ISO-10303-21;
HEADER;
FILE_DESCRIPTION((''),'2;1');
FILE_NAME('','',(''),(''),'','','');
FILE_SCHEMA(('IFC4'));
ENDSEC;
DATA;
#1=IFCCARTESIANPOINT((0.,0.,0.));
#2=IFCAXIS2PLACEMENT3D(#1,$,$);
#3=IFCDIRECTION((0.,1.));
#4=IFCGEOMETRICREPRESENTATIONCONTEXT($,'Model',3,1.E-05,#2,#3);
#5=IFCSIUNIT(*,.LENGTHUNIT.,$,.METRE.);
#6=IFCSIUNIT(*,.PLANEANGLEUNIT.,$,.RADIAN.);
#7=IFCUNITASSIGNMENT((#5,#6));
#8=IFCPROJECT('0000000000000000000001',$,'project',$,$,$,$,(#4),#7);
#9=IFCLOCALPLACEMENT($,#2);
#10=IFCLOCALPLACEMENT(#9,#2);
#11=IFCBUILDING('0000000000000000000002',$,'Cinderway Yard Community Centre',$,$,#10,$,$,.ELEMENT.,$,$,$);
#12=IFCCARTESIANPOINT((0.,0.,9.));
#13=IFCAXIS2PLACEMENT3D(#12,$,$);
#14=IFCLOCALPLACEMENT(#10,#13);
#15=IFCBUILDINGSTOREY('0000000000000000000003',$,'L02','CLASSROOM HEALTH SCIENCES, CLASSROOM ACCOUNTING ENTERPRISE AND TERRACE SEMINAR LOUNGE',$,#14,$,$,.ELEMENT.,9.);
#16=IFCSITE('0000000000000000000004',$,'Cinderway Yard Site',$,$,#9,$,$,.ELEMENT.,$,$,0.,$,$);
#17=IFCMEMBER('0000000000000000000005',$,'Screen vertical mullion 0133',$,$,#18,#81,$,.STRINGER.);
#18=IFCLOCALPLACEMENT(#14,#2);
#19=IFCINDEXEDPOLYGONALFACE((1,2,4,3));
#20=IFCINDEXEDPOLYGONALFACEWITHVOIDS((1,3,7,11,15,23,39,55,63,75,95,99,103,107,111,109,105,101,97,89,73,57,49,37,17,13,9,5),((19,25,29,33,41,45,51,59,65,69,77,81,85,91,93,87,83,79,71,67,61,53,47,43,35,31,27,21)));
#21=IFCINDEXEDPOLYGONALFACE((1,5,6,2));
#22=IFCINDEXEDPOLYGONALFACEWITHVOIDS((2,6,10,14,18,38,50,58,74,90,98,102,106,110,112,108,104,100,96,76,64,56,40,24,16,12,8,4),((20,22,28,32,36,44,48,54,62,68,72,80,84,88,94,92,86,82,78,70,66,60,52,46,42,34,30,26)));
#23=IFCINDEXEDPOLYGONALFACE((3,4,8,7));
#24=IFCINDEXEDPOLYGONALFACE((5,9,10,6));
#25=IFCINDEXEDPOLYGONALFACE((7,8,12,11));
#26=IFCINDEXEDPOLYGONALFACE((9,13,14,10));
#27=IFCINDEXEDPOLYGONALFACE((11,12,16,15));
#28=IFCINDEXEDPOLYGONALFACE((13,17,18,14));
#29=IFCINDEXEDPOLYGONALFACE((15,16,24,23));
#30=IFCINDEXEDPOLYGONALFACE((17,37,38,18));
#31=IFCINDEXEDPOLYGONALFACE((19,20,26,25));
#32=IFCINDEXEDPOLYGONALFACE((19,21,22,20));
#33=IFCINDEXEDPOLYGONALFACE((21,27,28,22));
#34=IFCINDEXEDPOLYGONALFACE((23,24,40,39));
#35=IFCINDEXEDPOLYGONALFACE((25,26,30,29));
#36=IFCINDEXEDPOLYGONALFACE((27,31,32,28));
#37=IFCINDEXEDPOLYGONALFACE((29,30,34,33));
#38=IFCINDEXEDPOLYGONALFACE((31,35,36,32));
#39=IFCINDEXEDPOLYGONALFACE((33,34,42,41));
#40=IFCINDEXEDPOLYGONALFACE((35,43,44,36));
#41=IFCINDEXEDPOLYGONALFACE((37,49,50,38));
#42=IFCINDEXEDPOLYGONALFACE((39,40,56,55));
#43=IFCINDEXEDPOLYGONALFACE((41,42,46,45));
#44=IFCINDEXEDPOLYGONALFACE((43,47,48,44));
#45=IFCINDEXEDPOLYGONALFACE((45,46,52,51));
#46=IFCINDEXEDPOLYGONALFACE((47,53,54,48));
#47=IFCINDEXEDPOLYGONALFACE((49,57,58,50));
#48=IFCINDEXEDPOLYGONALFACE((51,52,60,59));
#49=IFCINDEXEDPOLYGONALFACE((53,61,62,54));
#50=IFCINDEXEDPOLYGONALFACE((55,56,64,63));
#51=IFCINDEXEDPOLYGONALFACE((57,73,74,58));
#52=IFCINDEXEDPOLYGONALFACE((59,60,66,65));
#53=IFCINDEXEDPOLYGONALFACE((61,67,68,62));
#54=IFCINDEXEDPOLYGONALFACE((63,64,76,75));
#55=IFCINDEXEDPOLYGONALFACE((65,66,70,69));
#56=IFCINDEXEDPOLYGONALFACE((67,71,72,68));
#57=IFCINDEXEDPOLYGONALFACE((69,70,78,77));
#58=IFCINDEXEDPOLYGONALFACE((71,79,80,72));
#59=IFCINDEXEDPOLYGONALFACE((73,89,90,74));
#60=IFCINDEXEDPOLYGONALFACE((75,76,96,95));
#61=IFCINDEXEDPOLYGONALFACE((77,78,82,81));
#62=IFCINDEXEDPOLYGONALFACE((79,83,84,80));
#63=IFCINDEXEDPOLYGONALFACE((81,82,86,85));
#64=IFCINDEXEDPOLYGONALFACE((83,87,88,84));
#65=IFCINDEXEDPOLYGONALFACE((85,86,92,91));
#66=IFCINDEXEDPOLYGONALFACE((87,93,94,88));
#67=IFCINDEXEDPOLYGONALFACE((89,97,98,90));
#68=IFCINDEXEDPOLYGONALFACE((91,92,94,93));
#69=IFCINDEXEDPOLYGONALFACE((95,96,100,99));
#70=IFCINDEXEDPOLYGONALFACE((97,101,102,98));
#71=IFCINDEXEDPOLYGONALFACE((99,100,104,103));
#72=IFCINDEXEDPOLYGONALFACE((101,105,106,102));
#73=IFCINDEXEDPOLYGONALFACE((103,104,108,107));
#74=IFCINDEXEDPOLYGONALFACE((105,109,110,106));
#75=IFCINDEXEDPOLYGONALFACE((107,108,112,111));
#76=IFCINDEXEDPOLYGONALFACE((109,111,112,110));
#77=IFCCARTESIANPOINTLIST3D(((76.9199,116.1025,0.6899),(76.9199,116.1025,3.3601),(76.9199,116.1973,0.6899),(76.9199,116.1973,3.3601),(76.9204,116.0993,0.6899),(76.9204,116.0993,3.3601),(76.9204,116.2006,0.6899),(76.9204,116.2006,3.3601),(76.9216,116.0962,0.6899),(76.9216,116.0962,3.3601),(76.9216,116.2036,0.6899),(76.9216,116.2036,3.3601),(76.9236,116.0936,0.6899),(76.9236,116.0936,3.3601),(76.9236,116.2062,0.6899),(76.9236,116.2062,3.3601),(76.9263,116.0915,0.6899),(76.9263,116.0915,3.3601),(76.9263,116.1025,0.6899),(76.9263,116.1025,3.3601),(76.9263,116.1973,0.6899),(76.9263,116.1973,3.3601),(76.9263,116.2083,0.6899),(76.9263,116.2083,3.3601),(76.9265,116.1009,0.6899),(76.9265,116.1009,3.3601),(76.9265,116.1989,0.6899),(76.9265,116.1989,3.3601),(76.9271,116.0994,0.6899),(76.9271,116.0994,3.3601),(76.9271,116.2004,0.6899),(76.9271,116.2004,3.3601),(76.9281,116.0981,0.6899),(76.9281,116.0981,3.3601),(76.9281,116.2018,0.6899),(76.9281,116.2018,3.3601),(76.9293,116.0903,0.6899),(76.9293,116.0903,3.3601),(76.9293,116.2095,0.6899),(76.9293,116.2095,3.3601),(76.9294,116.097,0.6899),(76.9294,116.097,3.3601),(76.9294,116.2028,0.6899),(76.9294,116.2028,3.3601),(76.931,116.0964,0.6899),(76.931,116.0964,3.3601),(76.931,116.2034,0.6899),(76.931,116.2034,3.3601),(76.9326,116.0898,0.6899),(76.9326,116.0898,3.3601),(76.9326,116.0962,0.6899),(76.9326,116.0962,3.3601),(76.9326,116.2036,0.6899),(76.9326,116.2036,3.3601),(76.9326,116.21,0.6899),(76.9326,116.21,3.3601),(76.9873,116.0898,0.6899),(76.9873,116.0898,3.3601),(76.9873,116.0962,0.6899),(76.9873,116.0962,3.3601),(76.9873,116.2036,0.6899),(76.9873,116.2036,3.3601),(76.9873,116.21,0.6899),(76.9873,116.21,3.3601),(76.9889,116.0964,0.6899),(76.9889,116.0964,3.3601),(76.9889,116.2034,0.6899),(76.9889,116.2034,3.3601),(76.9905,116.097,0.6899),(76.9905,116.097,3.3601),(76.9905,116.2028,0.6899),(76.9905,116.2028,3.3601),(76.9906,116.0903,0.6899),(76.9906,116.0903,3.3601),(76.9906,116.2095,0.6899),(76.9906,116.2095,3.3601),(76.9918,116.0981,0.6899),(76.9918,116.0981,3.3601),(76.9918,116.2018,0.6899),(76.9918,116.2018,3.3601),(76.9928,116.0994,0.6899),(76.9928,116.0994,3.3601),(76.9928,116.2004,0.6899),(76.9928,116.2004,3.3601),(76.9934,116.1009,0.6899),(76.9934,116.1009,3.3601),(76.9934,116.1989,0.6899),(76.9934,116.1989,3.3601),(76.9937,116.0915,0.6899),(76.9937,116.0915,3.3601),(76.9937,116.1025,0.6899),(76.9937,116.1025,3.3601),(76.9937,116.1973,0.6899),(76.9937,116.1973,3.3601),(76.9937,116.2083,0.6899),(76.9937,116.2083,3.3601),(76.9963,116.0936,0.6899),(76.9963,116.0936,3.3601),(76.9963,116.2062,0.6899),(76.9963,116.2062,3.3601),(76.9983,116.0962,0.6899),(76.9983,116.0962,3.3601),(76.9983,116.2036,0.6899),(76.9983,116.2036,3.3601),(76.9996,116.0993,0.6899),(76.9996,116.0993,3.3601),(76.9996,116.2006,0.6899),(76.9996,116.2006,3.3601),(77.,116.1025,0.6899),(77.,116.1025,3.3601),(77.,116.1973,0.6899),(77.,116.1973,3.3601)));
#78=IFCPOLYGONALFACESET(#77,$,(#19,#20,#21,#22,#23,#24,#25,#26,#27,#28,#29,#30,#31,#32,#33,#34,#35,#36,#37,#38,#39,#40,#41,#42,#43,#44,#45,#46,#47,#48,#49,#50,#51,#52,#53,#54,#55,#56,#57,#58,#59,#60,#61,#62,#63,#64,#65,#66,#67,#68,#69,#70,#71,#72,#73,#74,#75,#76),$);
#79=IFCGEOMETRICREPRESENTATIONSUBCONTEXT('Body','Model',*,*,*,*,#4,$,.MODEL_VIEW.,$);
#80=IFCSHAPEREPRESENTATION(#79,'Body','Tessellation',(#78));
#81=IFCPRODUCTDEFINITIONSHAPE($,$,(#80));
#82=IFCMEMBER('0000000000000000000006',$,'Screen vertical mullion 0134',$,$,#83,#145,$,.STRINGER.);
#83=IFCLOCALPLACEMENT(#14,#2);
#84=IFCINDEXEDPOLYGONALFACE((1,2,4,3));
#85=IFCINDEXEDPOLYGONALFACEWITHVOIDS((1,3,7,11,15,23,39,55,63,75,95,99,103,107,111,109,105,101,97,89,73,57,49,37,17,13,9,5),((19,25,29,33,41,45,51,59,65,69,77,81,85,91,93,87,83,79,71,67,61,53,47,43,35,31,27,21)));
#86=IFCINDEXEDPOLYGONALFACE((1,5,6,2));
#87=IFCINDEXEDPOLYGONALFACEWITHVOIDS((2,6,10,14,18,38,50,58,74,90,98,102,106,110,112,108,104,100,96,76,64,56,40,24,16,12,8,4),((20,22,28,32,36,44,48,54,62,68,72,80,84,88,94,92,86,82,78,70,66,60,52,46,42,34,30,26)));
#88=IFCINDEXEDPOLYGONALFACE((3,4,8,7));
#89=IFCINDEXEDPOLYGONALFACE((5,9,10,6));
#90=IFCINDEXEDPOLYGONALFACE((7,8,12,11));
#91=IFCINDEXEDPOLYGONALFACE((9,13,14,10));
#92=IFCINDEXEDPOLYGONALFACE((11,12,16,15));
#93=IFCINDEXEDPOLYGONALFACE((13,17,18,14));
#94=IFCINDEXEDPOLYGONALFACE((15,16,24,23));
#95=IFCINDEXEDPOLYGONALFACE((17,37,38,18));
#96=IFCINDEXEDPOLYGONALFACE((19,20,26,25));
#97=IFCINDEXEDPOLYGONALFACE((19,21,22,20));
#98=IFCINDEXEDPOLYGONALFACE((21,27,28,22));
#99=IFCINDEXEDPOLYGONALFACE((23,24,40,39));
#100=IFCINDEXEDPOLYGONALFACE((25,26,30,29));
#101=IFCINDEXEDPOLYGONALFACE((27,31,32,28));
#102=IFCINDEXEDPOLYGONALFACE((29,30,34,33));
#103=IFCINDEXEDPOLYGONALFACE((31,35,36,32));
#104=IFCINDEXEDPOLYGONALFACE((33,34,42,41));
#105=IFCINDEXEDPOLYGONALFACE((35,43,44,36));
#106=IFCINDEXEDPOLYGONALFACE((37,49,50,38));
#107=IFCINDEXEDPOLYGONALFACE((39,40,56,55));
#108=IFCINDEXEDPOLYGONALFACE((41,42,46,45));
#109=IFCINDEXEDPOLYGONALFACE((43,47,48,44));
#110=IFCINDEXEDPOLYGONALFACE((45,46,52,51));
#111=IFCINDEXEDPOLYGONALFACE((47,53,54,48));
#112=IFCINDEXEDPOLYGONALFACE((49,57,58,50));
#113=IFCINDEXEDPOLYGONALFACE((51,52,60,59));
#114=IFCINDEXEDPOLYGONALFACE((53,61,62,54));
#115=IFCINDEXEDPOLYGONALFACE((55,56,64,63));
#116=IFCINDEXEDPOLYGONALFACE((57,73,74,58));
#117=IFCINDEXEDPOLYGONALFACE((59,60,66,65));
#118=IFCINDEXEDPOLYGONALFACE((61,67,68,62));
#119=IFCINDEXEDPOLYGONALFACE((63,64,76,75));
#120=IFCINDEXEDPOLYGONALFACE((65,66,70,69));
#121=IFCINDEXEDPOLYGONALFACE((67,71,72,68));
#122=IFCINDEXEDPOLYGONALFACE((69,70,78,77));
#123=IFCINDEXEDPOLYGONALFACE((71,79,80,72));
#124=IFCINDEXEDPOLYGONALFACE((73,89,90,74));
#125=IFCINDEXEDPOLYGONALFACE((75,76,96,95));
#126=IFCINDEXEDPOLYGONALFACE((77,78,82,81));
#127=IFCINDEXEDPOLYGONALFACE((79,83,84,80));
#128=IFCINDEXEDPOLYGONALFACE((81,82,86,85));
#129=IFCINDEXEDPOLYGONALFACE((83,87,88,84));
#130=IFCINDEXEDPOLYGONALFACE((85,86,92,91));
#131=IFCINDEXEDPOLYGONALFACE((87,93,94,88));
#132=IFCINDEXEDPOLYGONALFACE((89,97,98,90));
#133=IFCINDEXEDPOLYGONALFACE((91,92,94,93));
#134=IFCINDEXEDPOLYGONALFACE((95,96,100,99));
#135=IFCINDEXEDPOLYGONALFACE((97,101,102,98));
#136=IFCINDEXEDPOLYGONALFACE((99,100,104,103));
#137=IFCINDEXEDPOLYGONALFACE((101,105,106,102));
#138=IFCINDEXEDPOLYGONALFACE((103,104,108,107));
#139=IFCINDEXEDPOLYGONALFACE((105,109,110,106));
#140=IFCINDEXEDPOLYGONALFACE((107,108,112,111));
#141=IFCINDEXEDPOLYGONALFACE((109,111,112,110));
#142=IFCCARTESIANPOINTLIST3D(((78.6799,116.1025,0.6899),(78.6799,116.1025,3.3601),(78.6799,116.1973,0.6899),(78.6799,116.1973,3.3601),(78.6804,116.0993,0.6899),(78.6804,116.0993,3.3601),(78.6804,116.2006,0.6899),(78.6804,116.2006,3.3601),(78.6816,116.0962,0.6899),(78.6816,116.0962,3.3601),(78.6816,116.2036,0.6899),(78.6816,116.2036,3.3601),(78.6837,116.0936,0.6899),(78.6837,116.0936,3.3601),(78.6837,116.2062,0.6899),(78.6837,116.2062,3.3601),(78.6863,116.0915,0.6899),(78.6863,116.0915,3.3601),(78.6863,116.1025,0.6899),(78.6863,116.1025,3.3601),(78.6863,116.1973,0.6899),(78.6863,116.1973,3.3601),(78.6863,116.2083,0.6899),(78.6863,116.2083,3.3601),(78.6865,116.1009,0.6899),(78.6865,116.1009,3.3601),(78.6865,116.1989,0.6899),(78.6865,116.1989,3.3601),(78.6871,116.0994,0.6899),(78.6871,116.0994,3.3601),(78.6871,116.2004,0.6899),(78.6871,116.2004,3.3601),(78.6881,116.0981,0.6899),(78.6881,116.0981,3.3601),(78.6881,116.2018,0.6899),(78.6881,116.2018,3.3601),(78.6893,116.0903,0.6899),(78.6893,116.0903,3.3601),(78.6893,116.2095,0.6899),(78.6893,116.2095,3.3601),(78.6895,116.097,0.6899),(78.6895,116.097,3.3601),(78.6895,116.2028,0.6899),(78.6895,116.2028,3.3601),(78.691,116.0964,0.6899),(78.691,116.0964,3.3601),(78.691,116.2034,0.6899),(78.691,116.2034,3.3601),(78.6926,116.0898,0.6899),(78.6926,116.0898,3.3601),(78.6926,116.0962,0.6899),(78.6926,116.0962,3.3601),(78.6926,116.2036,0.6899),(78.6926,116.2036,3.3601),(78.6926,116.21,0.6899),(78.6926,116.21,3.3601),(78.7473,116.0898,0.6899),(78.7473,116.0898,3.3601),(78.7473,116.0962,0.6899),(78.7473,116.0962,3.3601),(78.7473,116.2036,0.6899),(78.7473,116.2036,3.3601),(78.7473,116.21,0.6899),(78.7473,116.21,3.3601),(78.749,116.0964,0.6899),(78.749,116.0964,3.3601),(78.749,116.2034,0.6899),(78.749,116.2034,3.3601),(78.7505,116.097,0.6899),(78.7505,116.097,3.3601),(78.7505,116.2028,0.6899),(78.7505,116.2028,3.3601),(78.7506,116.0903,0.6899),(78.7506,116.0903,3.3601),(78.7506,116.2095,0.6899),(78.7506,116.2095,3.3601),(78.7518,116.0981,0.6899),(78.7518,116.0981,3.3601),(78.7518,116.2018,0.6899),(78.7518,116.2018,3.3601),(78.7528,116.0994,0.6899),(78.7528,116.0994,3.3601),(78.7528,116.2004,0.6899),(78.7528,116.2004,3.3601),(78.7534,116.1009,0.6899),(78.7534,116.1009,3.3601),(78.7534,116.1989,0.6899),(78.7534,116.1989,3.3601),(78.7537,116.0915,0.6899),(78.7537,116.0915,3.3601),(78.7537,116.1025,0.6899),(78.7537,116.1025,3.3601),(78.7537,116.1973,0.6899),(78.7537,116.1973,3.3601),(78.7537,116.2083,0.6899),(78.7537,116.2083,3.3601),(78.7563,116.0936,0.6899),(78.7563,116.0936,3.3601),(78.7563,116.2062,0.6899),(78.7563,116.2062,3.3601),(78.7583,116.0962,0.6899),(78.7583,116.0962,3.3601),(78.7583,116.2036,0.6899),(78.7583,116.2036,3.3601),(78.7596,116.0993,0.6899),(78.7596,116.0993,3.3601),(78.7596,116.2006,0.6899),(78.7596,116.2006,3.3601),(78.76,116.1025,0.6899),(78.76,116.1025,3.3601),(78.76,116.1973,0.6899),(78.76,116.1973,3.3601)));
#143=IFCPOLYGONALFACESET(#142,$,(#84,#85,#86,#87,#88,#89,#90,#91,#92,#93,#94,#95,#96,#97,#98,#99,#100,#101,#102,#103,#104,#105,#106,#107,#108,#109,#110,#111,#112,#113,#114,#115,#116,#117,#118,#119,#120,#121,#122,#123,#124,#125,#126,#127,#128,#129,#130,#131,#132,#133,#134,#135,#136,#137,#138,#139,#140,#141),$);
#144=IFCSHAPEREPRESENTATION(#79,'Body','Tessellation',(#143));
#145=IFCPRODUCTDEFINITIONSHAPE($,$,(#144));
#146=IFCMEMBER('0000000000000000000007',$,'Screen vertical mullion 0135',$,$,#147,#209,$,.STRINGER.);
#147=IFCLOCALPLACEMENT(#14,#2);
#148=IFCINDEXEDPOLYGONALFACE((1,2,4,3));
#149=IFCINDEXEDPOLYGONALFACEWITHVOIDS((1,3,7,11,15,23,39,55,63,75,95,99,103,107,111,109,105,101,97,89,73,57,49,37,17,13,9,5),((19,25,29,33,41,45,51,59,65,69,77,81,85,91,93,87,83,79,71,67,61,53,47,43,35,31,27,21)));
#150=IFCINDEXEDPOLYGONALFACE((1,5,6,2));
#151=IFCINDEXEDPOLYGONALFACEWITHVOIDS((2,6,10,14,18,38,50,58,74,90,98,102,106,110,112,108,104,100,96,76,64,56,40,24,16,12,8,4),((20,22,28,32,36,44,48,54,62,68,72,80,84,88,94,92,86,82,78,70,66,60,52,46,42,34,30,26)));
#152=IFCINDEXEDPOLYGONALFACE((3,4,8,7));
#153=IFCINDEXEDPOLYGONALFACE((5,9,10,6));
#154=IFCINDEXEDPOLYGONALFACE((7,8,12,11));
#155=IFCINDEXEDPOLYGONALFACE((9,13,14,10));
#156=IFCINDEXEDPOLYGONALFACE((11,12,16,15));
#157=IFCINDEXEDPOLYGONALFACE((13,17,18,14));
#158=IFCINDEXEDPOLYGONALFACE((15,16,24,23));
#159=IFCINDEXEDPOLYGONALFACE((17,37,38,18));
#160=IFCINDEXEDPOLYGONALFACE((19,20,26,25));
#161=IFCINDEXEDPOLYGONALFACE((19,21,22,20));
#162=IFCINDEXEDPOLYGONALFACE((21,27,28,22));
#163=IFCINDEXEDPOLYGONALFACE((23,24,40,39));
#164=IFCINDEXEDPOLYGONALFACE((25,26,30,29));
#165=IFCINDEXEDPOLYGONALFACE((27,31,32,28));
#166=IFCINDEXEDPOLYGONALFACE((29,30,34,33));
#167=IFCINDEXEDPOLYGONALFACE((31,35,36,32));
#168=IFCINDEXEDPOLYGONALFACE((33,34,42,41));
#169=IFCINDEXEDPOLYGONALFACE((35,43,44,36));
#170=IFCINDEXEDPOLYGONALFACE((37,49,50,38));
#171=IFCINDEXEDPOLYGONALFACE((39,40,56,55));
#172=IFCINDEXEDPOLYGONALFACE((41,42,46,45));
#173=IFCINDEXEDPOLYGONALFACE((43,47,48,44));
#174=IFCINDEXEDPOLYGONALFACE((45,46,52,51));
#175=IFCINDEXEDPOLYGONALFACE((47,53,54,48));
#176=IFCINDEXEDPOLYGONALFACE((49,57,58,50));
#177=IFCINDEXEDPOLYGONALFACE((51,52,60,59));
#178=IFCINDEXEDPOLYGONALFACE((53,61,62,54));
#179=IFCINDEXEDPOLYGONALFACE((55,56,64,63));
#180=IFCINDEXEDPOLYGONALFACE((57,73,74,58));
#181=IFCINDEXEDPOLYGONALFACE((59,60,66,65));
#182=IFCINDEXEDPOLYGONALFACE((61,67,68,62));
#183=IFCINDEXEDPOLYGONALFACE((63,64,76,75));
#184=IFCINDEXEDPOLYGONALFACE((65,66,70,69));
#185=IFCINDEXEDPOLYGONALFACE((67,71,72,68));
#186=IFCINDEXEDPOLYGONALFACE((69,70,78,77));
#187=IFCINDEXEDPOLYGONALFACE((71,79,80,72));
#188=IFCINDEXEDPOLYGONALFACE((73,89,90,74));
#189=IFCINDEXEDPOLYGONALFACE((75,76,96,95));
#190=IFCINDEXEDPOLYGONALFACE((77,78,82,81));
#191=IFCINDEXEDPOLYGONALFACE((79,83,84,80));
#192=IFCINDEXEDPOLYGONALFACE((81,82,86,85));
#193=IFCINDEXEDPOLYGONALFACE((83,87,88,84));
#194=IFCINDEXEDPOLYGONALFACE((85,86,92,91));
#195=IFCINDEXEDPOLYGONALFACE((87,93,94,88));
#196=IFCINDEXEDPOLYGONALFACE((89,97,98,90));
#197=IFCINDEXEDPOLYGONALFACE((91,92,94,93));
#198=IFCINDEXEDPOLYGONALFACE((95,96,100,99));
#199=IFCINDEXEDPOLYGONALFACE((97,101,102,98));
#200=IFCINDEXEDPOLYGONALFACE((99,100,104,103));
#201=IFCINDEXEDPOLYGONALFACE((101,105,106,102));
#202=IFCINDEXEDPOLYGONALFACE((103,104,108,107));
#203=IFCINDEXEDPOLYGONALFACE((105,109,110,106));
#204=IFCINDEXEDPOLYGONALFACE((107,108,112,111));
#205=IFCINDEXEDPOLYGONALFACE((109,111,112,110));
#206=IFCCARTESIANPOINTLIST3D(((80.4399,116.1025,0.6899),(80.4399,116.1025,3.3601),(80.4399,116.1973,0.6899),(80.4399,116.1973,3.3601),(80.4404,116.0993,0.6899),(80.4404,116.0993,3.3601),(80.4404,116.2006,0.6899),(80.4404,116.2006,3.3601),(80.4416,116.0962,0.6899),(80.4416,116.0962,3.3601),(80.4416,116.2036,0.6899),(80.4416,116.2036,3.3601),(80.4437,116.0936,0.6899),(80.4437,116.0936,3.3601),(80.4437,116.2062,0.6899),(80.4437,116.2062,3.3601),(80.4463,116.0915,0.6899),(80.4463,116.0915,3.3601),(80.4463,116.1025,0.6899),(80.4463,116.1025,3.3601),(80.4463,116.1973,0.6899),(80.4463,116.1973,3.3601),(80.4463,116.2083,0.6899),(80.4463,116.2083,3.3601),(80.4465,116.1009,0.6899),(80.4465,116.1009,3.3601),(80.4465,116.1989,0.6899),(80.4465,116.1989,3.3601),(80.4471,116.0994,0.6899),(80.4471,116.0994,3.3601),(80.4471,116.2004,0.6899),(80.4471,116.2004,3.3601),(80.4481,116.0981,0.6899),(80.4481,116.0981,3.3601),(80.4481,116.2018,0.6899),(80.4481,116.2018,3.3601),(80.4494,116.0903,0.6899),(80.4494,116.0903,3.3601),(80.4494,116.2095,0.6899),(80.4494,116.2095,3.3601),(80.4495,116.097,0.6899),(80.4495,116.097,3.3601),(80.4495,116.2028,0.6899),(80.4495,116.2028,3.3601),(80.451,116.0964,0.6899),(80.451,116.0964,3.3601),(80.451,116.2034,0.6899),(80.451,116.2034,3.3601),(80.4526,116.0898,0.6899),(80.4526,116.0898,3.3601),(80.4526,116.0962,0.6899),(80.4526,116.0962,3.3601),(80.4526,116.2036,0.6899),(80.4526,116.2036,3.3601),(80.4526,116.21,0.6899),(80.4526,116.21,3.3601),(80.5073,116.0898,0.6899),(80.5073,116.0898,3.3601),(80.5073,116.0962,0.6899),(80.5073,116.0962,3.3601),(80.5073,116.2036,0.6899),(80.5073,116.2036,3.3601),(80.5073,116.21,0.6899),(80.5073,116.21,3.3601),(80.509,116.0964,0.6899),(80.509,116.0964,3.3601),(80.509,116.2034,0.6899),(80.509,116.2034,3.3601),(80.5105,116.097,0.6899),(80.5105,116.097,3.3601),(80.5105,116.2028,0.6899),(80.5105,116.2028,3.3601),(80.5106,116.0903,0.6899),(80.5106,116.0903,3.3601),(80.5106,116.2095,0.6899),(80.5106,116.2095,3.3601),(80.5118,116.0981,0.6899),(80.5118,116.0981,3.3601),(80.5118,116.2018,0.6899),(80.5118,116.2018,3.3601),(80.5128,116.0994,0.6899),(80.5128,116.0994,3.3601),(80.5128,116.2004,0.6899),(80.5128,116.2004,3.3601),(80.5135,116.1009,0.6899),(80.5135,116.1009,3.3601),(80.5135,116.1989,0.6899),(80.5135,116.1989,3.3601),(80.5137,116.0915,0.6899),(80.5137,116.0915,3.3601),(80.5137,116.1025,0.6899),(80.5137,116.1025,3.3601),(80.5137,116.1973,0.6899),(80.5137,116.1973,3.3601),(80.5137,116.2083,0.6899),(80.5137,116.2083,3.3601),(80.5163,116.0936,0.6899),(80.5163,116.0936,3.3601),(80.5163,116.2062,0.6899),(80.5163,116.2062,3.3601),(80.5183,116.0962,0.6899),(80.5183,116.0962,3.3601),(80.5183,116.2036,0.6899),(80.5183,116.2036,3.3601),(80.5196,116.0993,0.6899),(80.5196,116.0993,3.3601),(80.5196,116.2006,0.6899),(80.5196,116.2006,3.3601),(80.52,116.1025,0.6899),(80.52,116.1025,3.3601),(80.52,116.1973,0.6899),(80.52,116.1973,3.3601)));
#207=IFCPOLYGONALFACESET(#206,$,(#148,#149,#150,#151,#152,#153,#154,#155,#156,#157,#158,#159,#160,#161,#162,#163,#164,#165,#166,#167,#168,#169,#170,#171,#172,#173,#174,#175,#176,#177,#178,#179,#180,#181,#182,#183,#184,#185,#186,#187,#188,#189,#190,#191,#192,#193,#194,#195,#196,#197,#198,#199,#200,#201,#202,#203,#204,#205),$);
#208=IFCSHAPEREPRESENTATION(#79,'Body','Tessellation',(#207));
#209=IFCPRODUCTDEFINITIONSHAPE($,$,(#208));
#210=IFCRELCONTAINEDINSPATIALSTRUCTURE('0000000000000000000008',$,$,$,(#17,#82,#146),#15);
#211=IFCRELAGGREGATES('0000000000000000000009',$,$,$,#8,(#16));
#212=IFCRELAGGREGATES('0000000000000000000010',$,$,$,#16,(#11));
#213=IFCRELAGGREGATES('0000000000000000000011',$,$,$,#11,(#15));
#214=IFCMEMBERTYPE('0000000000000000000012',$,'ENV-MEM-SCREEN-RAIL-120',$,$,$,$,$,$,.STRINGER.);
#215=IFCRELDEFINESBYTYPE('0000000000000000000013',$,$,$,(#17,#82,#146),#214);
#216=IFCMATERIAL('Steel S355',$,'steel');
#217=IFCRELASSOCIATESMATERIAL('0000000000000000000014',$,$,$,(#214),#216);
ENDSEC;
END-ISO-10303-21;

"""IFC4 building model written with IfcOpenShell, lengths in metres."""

from ifc_helpers import new_model, si_unit, direction, frame, origin, origin_2d, place, context, subcontext, project, spatial, hollow_rectangle, extrude, material, material_profile, profile_set, type_object, element, save


model = new_model("IFC4")

# Units and contexts
model_context = context("Model", 3, precision=1e-05, world=origin(), true_north=direction((0.0, 1.0)))
body_context = subcontext(model_context, "Body", "Model", "MODEL_VIEW")
ifc_project = project(units=[si_unit("LENGTHUNIT", "METRE"), si_unit("PLANEANGLEUNIT", "RADIAN")], contexts=[model_context])

# Site, building, storey
site_placement = place(None, origin())
site = spatial("IfcSite", under=ifc_project, at=site_placement, Name="Cinderway Yard Site", CompositionType="ELEMENT", RefElevation=0.0)
building_placement = place(site_placement, origin())
building = spatial("IfcBuilding", under=site, at=building_placement, Name="Cinderway Yard Community Centre", CompositionType="ELEMENT")
storey_placement = place(building_placement, frame((0.0, 0.0, 9.0)))
storey = spatial("IfcBuildingStorey", under=building, at=storey_placement, Name="L02", Description="CLASSROOM HEALTH SCIENCES, CLASSROOM ACCOUNTING ENTERPRISE AND TERRACE SEMINAR LOUNGE", CompositionType="ELEMENT", Elevation=9.0)

# Members
ifc_material_1 = material(Name="Steel S355", Category="steel")
ifc_material_profile_1 = material_profile(ifc_material_1, hollow_rectangle(XDim=0.0801, YDim=0.1201, WallThickness=0.0063, InnerFilletRadius=0.0063, OuterFilletRadius=0.0127, at=origin_2d()), Name="Steel S355")
ifc_profile_set_1 = profile_set([ifc_material_profile_1], Name="Steel S355")
member_type_1 = type_object("IfcMemberType", Name="ENV-MEM-SCREEN-RAIL-120", PredefinedType="STRINGER", material=ifc_profile_set_1)
for number, where, z_axis, x_axis, name in (
    (1, (76.96, 116.1499, 0.6899), (0.0, 0.0, 1.0), (1.0, 0.0, 0.0), "Screen vertical mullion 0133"),
    (2, (78.72, 116.1499, 0.6899), (0.0, 0.0, 1.0), (1.0, 0.0, 0.0), "Screen vertical mullion 0134"),
    (3, (80.48, 116.1499, 0.6899), (0.0, 0.0, 1.0), (1.0, 0.0, 0.0), "Screen vertical mullion 0135"),
):
    element("IfcMember", number, at=place(storey_placement, frame(where, z_axis=z_axis, x_axis=x_axis)), inside=storey, type_object=member_type_1, Name=name, PredefinedType="STRINGER", context=body_context, shape_type="SweptSolid", body=[
        extrude(hollow_rectangle(XDim=0.0801, YDim=0.1201, WallThickness=0.0063, InnerFilletRadius=0.0063, OuterFilletRadius=0.0127, at=origin_2d()), origin(), (0.0, 0.0, 1.0), 2.6702),
    ])

save(model, "model.ifc")
